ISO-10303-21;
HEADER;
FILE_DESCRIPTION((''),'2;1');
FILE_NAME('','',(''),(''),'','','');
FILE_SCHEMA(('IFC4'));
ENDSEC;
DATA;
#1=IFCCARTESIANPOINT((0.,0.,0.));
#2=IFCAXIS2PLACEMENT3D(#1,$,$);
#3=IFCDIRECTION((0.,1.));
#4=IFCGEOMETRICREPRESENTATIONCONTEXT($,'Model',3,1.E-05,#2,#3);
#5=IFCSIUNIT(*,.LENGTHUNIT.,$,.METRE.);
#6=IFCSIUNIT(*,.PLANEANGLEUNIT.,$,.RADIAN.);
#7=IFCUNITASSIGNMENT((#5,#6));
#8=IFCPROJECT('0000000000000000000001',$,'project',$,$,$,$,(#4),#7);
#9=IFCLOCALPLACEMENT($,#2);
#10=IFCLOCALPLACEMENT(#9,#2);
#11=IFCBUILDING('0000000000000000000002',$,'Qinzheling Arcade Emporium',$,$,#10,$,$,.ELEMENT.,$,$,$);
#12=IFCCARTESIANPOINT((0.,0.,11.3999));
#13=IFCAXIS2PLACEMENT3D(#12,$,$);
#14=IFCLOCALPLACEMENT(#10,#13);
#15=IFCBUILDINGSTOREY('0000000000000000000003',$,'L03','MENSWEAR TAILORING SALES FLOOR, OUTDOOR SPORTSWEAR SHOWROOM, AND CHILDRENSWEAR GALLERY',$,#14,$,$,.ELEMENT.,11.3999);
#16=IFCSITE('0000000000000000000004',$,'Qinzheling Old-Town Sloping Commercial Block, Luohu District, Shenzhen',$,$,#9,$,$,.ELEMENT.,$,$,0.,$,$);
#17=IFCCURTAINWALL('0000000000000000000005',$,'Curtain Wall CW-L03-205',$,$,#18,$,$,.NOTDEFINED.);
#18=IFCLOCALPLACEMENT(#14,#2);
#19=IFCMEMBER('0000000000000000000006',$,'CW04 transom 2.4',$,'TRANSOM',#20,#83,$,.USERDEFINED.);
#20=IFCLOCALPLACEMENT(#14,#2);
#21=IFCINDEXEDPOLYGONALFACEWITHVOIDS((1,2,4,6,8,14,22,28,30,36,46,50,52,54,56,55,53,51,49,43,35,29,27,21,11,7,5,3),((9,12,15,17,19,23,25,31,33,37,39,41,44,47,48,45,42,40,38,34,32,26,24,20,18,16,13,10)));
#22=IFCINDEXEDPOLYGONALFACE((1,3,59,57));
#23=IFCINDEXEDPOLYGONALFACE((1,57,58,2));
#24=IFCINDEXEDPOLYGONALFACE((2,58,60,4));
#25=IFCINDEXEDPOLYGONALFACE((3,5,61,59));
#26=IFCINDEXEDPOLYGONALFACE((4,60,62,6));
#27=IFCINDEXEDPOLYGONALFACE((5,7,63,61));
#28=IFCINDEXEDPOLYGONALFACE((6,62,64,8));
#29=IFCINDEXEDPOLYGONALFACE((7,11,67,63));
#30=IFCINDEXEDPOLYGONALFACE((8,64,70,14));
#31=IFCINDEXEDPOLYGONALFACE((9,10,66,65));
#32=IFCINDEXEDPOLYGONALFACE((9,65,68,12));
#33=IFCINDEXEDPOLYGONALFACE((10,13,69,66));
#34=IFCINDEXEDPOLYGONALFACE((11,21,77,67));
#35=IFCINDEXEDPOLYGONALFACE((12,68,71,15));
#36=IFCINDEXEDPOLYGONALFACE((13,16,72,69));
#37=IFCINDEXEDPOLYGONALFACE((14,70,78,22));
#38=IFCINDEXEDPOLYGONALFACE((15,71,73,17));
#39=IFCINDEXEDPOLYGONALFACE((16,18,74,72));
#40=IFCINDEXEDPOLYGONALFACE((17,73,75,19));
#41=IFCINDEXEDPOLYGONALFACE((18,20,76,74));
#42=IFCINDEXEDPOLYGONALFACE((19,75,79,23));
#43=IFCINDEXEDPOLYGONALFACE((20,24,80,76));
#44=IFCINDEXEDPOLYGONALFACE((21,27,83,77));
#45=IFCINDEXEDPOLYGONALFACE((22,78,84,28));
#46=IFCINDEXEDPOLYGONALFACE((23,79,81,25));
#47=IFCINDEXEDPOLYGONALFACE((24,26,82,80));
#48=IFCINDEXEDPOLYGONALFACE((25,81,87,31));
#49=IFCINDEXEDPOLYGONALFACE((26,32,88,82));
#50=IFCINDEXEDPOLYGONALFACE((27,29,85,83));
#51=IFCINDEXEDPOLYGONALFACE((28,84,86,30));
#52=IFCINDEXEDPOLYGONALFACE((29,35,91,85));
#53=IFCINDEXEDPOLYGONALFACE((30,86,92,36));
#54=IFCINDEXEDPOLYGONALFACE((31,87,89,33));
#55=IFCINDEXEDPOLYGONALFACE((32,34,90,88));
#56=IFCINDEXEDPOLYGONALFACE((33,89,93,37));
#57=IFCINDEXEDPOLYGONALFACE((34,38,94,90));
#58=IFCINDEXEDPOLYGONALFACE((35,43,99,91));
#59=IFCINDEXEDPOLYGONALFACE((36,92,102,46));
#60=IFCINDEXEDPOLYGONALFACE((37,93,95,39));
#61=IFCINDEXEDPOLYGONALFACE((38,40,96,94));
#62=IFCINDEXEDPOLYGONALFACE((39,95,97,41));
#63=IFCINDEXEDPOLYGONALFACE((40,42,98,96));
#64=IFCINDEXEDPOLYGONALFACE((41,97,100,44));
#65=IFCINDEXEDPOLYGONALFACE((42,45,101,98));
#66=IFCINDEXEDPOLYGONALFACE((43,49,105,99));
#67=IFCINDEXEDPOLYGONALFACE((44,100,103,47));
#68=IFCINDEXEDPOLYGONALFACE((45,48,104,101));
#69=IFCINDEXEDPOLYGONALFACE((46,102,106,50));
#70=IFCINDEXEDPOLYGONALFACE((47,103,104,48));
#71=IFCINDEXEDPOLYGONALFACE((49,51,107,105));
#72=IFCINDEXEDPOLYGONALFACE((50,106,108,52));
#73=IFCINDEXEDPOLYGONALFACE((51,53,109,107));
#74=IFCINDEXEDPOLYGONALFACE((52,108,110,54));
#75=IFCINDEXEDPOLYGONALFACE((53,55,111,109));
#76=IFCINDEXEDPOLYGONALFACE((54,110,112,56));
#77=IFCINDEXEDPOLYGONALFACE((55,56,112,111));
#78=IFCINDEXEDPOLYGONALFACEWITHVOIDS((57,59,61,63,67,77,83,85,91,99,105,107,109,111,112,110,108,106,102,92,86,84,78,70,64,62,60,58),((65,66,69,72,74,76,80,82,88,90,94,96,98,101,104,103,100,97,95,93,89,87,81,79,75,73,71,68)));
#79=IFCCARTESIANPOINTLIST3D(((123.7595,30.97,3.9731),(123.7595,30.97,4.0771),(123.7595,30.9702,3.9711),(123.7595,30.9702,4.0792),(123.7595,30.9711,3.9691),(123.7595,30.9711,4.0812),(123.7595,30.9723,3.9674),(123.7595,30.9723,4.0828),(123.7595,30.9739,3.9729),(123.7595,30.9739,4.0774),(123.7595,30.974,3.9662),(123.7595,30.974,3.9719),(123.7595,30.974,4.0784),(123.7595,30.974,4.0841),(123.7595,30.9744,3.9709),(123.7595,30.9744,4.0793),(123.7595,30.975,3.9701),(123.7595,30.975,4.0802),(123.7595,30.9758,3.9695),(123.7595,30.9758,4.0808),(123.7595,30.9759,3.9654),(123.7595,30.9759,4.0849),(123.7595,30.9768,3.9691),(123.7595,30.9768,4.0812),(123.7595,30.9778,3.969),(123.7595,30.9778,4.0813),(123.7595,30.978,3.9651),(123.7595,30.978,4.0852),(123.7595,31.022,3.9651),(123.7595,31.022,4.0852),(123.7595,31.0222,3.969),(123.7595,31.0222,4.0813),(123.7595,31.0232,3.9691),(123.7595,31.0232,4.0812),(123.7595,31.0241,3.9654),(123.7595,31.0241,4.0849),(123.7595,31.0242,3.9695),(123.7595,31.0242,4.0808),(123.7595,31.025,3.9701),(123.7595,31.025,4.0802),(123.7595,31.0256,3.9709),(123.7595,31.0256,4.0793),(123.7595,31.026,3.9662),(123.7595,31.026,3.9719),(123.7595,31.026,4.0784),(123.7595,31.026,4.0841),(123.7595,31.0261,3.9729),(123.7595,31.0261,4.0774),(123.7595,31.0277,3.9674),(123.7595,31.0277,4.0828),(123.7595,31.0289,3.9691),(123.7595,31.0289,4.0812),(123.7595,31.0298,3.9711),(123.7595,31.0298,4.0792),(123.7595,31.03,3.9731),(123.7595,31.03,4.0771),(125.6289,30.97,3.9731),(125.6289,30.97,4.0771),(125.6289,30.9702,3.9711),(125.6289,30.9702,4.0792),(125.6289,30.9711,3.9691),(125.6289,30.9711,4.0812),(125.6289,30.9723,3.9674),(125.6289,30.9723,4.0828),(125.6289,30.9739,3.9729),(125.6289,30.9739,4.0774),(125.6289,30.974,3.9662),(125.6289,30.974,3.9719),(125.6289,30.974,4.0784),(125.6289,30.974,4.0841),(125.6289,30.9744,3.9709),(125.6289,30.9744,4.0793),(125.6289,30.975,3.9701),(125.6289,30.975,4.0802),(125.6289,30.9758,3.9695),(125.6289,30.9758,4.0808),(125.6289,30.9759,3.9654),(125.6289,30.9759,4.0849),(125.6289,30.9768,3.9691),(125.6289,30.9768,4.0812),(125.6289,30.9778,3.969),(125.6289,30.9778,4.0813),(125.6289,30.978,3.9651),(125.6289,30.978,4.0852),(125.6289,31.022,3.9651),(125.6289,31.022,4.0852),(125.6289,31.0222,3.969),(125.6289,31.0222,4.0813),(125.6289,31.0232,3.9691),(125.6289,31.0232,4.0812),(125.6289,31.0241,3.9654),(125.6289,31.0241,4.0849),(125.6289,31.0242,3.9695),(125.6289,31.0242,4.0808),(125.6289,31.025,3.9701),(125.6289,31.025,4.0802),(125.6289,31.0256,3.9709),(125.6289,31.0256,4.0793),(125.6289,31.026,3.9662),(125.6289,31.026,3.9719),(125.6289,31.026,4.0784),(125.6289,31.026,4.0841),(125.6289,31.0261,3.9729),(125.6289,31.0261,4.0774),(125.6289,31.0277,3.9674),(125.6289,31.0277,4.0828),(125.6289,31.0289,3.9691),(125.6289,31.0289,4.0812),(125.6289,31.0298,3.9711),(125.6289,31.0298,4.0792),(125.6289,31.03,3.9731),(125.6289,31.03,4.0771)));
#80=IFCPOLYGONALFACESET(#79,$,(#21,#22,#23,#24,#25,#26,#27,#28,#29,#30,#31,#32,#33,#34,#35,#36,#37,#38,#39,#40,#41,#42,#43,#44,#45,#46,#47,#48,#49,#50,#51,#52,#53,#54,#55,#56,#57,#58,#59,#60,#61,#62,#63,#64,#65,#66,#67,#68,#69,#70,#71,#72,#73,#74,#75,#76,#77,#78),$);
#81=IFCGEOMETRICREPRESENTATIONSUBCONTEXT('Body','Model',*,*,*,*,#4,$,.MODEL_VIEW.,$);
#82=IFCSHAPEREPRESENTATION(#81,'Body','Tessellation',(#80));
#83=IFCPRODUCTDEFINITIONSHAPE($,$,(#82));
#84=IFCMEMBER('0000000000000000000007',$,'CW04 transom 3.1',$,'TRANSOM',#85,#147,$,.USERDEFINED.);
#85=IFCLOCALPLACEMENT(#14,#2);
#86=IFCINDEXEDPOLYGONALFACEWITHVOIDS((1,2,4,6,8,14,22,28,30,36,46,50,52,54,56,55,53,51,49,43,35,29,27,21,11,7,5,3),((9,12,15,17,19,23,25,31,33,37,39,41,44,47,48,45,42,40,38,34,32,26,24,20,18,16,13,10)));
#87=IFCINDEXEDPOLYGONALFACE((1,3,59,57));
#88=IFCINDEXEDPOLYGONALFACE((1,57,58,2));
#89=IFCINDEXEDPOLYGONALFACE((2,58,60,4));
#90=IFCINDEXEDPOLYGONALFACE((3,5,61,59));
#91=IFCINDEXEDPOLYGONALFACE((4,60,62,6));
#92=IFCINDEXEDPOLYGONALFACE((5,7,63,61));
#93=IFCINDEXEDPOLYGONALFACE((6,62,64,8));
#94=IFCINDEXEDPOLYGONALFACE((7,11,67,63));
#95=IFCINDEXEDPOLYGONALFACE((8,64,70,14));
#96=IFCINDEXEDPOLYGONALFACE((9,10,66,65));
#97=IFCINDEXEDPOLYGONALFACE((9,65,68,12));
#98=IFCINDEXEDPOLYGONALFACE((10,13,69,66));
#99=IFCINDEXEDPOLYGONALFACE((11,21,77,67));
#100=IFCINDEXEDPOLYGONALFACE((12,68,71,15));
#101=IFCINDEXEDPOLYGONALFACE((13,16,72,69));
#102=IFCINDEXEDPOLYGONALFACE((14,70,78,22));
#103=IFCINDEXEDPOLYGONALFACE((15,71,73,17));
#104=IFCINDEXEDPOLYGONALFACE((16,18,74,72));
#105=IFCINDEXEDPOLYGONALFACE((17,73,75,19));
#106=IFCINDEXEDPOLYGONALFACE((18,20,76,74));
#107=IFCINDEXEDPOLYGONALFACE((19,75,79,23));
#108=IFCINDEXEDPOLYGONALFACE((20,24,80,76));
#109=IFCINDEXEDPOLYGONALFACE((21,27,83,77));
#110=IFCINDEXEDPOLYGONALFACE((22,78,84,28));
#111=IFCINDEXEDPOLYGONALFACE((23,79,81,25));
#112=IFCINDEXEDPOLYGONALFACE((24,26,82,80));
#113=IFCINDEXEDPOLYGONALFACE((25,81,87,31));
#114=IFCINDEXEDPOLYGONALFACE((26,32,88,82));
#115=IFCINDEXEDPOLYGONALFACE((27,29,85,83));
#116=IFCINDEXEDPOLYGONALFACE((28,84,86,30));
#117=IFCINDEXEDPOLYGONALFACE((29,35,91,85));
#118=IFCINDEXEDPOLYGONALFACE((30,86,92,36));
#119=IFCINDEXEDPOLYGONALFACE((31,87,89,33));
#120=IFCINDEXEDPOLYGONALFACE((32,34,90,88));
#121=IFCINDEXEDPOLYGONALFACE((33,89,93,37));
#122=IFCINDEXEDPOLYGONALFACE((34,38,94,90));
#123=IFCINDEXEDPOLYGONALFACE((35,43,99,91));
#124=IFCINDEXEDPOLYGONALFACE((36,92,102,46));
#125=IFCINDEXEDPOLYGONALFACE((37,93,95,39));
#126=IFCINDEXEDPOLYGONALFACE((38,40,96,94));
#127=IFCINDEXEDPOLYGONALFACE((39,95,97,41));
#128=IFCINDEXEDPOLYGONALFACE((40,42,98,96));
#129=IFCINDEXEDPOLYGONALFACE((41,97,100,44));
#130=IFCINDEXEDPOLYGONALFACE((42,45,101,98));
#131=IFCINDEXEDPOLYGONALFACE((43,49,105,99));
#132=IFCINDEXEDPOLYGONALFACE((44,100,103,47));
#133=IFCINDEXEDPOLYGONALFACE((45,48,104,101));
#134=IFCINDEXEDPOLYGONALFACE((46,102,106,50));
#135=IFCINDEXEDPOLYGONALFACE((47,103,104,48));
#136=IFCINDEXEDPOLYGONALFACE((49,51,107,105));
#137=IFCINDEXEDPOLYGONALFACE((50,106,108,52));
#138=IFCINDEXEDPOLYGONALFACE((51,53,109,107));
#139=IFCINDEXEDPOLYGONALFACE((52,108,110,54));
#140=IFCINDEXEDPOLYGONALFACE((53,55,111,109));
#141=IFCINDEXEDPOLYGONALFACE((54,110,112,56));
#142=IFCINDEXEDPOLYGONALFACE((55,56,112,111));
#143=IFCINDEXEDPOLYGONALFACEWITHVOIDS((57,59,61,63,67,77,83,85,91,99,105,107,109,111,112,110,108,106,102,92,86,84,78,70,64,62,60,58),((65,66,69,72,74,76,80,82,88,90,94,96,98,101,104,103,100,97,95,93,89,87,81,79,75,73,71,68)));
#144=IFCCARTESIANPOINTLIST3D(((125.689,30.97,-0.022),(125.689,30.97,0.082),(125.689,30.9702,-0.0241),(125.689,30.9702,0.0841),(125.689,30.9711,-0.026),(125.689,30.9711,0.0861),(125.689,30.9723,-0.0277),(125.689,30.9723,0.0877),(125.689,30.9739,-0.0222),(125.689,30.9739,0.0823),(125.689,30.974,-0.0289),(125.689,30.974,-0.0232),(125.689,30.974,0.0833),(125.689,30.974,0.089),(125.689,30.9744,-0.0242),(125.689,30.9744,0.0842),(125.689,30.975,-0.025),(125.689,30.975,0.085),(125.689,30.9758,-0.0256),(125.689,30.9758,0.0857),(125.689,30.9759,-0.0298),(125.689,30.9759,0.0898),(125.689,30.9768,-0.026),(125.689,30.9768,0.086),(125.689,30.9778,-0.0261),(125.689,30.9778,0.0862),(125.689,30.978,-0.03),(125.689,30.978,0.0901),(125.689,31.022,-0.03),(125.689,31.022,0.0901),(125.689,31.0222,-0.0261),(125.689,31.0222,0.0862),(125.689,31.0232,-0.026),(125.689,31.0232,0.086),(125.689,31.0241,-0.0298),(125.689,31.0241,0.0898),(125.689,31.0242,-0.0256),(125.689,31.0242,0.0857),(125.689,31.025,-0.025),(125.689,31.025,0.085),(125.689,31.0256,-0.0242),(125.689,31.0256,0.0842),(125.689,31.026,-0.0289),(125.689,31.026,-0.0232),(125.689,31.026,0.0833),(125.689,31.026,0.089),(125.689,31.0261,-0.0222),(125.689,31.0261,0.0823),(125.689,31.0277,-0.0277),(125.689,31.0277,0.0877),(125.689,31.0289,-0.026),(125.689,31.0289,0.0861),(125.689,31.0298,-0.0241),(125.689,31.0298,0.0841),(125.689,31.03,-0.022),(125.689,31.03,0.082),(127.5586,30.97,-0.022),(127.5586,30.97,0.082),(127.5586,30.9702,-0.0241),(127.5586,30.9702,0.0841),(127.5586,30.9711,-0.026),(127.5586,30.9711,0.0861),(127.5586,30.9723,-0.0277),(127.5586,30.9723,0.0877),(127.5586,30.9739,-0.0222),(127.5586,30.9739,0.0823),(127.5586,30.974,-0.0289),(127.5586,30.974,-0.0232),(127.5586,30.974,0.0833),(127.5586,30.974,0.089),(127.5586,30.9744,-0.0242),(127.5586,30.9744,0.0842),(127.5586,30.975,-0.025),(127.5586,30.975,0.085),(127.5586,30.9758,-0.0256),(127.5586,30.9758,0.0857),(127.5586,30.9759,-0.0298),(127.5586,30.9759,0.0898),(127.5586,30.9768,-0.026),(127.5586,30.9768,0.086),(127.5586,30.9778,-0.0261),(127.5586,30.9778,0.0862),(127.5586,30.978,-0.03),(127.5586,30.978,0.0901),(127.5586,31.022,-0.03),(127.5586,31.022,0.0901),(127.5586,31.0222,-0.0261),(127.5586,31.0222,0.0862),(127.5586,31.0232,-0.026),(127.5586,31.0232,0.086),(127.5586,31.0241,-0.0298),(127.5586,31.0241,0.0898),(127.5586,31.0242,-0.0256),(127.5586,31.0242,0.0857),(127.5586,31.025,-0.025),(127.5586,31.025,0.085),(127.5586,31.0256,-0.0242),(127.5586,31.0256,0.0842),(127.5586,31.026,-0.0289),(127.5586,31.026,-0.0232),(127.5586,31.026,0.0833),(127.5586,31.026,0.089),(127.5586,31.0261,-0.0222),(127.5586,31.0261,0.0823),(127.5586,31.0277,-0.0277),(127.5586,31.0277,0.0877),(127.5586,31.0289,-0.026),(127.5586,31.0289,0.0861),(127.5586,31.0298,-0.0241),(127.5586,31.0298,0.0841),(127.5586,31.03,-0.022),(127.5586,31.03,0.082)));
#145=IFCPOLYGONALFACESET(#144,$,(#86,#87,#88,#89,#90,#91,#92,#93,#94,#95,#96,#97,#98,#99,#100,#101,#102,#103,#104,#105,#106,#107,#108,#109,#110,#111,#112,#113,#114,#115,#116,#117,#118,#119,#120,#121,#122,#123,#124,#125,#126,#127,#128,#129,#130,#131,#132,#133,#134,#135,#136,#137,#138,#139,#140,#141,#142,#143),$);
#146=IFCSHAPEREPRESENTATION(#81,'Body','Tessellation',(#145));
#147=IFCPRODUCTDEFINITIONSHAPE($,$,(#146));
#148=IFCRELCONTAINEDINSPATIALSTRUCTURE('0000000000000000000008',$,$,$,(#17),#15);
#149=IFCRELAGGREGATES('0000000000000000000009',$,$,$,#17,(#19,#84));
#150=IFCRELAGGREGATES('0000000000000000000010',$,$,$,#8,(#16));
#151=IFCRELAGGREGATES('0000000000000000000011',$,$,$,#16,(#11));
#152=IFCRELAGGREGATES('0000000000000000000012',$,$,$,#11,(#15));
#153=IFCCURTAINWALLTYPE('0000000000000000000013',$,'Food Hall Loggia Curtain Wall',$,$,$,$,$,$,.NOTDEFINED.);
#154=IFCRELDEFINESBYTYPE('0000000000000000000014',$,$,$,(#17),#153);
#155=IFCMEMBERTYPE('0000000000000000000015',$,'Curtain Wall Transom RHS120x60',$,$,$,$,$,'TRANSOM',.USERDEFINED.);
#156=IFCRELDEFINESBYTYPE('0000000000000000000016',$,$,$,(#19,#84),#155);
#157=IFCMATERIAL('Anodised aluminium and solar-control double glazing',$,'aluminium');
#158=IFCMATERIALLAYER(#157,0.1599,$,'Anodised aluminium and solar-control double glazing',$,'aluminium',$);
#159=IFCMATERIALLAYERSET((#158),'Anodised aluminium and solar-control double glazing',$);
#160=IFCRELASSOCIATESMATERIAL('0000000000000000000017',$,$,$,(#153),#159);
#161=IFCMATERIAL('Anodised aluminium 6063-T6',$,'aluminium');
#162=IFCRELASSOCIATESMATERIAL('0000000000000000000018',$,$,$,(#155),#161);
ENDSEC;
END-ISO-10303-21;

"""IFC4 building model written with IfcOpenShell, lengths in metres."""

from ifc_helpers import new_model, si_unit, direction, frame, origin, origin_2d, place, context, subcontext, project, spatial, hollow_rectangle, extrude, material, layer, layer_set, material_profile, profile_set, type_object, element, aggregate, save


model = new_model("IFC4")

# Units and contexts
model_context = context("Model", 3, precision=1e-05, world=origin(), true_north=direction((0.0, 1.0)))
body_context = subcontext(model_context, "Body", "Model", "MODEL_VIEW")
ifc_project = project(units=[si_unit("LENGTHUNIT", "METRE"), si_unit("PLANEANGLEUNIT", "RADIAN")], contexts=[model_context])

# Site, building, storey
site_placement = place(None, origin())
site = spatial("IfcSite", under=ifc_project, at=site_placement, Name="Qinzheling Old-Town Sloping Commercial Block, Luohu District, Shenzhen", CompositionType="ELEMENT", RefElevation=0.0)
building_placement = place(site_placement, origin())
building = spatial("IfcBuilding", under=site, at=building_placement, Name="Qinzheling Arcade Emporium", CompositionType="ELEMENT")
storey_placement = place(building_placement, frame((0.0, 0.0, 11.3999)))
storey = spatial("IfcBuildingStorey", under=building, at=storey_placement, Name="L03", Description="MENSWEAR TAILORING SALES FLOOR, OUTDOOR SPORTSWEAR SHOWROOM, AND CHILDRENSWEAR GALLERY", CompositionType="ELEMENT", Elevation=11.3999)

# Shared definitions
ifc_material_1 = material(Name="Anodised aluminium and solar-control double glazing", Category="aluminium")
ifc_layer_1 = layer(ifc_material_1, 0.1599, Name="Anodised aluminium and solar-control double glazing", Category="aluminium")
ifc_layer_set_1 = layer_set([ifc_layer_1], Name="Anodised aluminium and solar-control double glazing")
curtain_wall_type = type_object("IfcCurtainWallType", Name="Food Hall Loggia Curtain Wall", PredefinedType="NOTDEFINED", material=ifc_layer_set_1)
ifc_material_2 = material(Name="Anodised aluminium 6063-T6", Category="aluminium")

# Curtain wall
curtain_wall_1_placement = place(storey_placement, origin())
curtain_wall_1 = element("IfcCurtainWall", 1, at=curtain_wall_1_placement, inside=storey, type_object=curtain_wall_type, Name="Curtain Wall CW-L03-205", PredefinedType="NOTDEFINED")

# Members
ifc_material_profile_1 = material_profile(ifc_material_2, hollow_rectangle(XDim=0.0601, YDim=0.1201, WallThickness=0.0039, InnerFilletRadius=0.0039, OuterFilletRadius=0.0081, at=origin_2d()), Name="RHS 120x60x4", Category="aluminium")
ifc_profile_set_1 = profile_set([ifc_material_profile_1], Name="Anodised aluminium 6063-T6")
member_type_1 = type_object("IfcMemberType", Name="Curtain Wall Transom RHS120x60", ElementType="TRANSOM", PredefinedType="USERDEFINED", material=ifc_profile_set_1)
member_1_placement = place(storey_placement, frame((123.7595, 31.0, 4.0251), z_axis=(1.0, 0.0, 0.0), x_axis=(0.0, 1.0, 0.0)))
member_1 = element("IfcMember", 2, at=member_1_placement, type_object=member_type_1, Name="CW04 transom 2.4", ObjectType="TRANSOM", PredefinedType="USERDEFINED", context=body_context, shape_type="SweptSolid", body=[
    extrude(hollow_rectangle(XDim=0.0601, YDim=0.1201, WallThickness=0.0039, InnerFilletRadius=0.0039, OuterFilletRadius=0.0081, at=origin_2d()), origin(), (0.0, 0.0, 1.0), 1.8694),
])
member_2_placement = place(storey_placement, frame((125.689, 31.0, 0.03), z_axis=(1.0, 0.0, 0.0), x_axis=(0.0, 1.0, 0.0)))
member_2 = element("IfcMember", 3, at=member_2_placement, type_object=member_type_1, Name="CW04 transom 3.1", ObjectType="TRANSOM", PredefinedType="USERDEFINED", context=body_context, shape_type="SweptSolid", body=[
    extrude(hollow_rectangle(XDim=0.0601, YDim=0.1201, WallThickness=0.0039, InnerFilletRadius=0.0039, OuterFilletRadius=0.0081, at=origin_2d()), origin(), (0.0, 0.0, 1.0), 1.8696),
])

aggregate(curtain_wall_1, [member_1, member_2])

save(model, "model.ifc")
